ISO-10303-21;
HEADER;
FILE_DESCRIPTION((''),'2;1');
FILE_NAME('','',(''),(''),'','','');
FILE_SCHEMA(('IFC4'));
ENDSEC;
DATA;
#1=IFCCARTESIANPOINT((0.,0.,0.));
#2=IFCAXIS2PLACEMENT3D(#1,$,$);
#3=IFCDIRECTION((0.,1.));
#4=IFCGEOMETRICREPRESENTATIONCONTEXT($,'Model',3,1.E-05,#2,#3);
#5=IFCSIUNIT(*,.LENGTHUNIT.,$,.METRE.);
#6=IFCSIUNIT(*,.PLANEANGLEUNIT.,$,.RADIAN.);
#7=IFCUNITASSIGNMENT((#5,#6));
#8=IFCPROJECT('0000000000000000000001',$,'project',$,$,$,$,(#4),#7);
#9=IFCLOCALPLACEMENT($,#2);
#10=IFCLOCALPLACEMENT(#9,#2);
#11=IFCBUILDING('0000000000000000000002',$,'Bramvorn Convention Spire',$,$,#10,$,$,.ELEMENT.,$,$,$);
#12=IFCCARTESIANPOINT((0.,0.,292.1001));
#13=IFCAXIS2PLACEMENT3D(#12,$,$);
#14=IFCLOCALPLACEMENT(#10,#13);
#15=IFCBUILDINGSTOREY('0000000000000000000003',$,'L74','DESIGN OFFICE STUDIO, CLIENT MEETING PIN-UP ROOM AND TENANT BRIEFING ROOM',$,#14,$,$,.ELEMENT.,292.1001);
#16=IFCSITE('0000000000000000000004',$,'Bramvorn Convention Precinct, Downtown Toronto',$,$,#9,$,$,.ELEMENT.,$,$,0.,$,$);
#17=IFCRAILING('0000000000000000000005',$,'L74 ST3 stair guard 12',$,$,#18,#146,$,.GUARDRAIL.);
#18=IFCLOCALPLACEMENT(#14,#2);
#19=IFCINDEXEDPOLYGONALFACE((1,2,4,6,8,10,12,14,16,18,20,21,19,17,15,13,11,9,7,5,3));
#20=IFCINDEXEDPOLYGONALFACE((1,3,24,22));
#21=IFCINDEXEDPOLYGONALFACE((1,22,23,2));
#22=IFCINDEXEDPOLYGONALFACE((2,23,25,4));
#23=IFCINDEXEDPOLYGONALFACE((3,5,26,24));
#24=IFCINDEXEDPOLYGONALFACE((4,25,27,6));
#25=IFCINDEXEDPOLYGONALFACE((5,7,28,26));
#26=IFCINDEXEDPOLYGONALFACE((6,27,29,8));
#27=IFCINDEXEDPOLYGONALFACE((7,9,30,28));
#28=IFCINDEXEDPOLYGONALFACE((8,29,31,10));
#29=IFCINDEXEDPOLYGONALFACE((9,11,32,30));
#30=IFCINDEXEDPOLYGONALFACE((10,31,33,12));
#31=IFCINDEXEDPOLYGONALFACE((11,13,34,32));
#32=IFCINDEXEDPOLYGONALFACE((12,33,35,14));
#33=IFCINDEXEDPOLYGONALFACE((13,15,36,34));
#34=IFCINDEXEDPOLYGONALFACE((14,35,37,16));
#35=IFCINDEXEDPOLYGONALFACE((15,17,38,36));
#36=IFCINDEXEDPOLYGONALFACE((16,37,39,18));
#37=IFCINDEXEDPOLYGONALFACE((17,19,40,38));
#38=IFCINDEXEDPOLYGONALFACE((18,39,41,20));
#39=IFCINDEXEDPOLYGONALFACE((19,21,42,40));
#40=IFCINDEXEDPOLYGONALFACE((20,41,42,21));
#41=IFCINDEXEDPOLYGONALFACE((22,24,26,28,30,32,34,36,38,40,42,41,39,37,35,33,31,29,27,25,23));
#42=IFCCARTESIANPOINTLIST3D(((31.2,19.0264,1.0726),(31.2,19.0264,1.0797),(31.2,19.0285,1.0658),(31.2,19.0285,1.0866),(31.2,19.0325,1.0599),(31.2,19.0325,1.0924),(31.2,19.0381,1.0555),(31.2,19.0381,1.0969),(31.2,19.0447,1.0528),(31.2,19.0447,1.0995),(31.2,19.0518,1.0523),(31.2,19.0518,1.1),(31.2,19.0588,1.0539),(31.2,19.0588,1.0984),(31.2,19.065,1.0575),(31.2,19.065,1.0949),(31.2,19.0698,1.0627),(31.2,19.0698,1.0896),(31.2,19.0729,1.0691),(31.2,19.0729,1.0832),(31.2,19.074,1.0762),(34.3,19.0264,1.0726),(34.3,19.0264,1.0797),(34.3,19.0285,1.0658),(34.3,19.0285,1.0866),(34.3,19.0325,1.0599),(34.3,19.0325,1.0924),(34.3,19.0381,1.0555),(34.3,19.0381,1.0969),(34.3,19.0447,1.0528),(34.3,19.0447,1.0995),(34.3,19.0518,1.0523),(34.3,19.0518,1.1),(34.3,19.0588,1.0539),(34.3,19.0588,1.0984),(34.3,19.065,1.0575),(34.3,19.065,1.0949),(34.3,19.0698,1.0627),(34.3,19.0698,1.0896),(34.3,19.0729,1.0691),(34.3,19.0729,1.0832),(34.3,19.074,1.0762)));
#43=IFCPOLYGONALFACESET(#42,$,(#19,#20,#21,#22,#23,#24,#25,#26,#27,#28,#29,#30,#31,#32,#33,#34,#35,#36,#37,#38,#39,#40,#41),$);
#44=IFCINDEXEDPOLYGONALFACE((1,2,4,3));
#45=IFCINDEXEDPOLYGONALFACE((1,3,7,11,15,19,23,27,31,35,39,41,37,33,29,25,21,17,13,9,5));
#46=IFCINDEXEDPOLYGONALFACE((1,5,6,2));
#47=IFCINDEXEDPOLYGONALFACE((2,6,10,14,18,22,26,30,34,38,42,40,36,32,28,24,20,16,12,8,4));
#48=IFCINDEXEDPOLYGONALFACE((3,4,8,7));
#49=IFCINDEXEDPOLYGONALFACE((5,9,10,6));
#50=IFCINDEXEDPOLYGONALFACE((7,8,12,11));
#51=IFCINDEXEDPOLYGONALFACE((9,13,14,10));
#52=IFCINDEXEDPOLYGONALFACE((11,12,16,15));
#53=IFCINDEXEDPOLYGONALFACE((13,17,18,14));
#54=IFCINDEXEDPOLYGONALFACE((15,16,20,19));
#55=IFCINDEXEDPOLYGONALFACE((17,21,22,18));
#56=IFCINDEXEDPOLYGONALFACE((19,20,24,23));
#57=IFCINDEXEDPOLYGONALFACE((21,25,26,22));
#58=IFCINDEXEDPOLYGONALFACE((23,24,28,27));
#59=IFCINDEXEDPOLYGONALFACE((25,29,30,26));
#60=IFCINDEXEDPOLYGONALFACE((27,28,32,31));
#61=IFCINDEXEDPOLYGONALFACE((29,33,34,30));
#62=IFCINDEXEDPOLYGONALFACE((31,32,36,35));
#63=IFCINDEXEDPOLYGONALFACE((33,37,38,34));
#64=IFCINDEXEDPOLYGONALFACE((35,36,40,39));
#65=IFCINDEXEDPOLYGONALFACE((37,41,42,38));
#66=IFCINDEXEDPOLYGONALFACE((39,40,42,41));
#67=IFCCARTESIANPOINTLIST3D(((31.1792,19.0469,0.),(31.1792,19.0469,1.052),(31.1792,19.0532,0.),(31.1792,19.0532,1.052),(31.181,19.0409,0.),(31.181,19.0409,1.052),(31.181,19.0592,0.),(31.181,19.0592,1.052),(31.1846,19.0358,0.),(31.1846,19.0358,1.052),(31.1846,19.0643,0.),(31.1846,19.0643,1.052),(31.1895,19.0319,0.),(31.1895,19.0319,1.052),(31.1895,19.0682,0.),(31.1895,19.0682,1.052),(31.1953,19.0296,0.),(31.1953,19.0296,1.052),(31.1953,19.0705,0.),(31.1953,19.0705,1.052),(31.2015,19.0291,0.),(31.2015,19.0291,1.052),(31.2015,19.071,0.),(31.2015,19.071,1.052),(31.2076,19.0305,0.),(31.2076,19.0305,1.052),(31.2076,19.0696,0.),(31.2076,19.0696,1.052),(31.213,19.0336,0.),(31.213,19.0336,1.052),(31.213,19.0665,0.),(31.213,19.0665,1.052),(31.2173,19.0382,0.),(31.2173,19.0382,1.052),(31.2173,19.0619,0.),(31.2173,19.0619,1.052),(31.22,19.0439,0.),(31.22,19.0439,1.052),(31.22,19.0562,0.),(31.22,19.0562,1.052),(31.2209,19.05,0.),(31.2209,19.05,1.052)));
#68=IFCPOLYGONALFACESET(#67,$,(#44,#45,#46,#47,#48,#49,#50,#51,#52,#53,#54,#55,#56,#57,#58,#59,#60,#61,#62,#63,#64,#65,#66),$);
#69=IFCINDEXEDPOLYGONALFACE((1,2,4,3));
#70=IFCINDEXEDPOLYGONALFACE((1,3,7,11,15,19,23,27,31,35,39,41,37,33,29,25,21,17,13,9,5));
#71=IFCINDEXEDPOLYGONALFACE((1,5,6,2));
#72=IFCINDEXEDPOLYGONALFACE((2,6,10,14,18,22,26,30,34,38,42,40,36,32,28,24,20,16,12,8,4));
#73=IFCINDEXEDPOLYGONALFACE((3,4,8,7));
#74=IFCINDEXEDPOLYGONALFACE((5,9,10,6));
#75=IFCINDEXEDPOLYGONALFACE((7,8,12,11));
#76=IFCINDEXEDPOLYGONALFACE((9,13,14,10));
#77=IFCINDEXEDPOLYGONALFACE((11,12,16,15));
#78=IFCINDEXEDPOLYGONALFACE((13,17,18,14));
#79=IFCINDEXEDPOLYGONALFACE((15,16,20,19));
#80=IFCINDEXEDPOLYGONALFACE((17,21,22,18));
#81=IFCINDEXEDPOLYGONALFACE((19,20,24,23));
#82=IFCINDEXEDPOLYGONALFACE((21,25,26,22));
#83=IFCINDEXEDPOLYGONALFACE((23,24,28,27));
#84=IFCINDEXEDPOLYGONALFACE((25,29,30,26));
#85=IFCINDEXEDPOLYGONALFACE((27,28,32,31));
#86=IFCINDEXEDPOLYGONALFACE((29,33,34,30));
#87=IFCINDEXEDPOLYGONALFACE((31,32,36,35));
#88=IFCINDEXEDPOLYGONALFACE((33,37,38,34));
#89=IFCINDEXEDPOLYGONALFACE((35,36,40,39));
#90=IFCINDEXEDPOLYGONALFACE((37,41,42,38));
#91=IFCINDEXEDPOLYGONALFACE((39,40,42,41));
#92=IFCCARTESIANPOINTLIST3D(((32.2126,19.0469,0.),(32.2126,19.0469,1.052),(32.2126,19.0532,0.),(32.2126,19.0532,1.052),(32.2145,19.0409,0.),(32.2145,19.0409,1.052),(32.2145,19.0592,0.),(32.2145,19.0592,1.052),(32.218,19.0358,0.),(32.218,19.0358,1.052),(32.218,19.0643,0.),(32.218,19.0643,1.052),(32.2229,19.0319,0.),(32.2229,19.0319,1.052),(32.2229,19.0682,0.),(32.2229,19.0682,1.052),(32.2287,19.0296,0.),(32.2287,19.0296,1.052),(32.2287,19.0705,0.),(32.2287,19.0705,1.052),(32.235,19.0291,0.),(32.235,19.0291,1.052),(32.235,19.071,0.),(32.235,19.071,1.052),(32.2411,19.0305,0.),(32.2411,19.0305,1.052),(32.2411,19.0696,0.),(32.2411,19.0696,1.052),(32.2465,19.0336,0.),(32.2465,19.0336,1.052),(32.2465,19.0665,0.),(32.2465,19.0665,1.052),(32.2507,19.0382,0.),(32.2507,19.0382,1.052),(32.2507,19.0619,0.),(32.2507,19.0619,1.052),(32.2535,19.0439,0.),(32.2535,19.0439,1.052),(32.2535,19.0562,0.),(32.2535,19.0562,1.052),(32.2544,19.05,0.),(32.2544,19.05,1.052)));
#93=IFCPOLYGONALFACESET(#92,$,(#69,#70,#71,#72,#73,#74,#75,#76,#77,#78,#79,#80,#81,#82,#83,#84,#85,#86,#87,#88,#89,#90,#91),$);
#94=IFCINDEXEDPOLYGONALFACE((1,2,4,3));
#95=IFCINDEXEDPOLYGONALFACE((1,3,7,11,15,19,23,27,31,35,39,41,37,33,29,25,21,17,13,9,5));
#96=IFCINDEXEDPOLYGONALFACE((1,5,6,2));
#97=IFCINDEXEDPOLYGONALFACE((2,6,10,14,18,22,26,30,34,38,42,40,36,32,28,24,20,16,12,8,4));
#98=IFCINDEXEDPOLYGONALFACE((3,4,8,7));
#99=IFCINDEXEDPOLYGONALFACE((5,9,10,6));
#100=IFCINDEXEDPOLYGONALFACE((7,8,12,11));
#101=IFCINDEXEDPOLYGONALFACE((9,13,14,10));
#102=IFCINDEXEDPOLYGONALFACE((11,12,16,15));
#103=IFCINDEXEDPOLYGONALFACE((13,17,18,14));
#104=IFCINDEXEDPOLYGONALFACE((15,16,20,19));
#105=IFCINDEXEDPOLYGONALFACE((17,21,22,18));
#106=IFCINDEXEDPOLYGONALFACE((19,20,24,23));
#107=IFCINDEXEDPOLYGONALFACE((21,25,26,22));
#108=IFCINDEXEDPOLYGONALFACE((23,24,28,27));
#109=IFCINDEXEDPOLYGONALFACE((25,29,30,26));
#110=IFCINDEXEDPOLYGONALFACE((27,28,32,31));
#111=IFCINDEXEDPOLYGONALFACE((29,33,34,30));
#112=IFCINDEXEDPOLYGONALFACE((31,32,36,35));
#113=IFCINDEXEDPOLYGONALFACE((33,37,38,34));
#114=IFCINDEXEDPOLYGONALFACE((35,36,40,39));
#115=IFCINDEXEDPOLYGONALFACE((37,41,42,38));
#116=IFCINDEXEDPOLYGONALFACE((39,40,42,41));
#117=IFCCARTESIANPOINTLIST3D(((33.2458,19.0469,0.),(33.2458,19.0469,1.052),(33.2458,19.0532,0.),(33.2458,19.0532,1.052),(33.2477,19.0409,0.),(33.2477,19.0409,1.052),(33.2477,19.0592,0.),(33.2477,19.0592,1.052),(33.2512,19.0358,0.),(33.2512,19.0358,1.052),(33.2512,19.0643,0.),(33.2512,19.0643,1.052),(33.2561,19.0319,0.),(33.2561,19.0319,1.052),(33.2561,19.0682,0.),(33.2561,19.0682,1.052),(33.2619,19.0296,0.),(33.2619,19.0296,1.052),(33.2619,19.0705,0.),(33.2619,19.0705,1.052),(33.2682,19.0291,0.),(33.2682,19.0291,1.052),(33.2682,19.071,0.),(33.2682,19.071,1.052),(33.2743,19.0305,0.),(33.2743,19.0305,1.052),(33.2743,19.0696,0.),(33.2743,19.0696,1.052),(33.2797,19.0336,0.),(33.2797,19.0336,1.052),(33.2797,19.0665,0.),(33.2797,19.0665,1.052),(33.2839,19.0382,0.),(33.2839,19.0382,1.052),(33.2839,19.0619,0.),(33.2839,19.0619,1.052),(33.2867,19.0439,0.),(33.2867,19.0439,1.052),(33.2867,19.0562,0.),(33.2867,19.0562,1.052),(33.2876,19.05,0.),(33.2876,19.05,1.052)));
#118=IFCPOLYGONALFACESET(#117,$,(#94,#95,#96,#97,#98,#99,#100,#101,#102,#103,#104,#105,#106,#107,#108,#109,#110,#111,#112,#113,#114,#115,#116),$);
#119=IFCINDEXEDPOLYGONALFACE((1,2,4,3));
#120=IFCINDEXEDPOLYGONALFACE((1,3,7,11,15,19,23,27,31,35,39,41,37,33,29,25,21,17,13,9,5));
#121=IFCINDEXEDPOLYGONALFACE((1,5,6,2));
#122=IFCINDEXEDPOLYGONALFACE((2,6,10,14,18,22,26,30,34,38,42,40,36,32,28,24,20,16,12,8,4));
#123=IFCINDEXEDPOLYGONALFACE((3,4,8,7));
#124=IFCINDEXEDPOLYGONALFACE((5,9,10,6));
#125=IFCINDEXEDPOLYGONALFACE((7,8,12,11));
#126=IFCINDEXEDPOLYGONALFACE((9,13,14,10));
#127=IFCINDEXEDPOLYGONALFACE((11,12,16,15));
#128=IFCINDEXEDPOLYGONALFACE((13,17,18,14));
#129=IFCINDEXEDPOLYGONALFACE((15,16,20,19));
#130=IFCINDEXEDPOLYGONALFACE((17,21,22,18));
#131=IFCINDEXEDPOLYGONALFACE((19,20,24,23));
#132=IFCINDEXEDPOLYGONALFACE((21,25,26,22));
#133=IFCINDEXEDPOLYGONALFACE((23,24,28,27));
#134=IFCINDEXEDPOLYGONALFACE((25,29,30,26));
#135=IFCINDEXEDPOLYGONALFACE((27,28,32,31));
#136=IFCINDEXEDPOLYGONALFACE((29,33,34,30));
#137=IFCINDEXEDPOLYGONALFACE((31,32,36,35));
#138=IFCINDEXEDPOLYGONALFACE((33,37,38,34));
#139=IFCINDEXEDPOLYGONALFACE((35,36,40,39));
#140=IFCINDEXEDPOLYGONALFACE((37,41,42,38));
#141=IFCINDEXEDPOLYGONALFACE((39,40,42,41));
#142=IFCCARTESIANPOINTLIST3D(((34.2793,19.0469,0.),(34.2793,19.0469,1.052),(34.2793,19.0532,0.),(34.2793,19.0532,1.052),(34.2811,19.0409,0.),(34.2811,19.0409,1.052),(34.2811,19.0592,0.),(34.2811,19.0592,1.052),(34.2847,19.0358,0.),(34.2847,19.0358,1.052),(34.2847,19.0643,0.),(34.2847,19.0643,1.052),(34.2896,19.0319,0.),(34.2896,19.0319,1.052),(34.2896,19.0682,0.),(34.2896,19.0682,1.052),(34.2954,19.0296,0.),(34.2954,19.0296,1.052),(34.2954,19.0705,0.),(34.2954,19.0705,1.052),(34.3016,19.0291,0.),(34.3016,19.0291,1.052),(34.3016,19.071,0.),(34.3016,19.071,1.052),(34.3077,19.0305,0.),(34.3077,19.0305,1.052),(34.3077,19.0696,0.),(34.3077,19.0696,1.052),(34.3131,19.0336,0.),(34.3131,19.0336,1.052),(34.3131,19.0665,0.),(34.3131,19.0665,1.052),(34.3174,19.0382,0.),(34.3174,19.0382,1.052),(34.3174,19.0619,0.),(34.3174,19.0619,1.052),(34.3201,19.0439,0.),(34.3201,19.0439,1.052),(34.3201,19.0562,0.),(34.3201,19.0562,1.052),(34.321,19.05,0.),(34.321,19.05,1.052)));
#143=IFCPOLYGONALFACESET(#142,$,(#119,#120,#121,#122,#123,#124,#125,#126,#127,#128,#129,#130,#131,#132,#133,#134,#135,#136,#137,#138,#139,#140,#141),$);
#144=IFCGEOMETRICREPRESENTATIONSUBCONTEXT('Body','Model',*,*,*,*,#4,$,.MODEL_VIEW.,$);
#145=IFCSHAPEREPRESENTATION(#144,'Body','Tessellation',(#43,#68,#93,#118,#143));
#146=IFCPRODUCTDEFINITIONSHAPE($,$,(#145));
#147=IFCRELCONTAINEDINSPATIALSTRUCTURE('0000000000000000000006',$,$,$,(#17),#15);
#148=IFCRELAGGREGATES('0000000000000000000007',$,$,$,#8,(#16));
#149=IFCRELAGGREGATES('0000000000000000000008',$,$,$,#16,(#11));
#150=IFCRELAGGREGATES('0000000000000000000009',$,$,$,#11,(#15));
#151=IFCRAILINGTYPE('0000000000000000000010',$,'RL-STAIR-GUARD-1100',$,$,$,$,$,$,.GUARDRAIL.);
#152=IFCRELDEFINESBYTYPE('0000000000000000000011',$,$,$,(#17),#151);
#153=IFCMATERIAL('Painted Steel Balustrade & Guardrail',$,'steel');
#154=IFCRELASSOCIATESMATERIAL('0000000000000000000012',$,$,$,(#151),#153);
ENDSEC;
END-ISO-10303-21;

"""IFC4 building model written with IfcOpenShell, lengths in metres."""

from ifc_helpers import new_model, si_unit, direction, frame, origin, origin_2d, place, context, subcontext, project, spatial, circle, extrude, material, type_object, element, save


model = new_model("IFC4")

# Units and contexts
model_context = context("Model", 3, precision=1e-05, world=origin(), true_north=direction((0.0, 1.0)))
body_context = subcontext(model_context, "Body", "Model", "MODEL_VIEW")
ifc_project = project(units=[si_unit("LENGTHUNIT", "METRE"), si_unit("PLANEANGLEUNIT", "RADIAN")], contexts=[model_context])

# Site, building, storey
site_placement = place(None, origin())
site = spatial("IfcSite", under=ifc_project, at=site_placement, Name="Bramvorn Convention Precinct, Downtown Toronto", CompositionType="ELEMENT", RefElevation=0.0)
building_placement = place(site_placement, origin())
building = spatial("IfcBuilding", under=site, at=building_placement, Name="Bramvorn Convention Spire", CompositionType="ELEMENT")
storey_placement = place(building_placement, frame((0.0, 0.0, 292.1001)))
storey = spatial("IfcBuildingStorey", under=building, at=storey_placement, Name="L74", Description="DESIGN OFFICE STUDIO, CLIENT MEETING PIN-UP ROOM AND TENANT BRIEFING ROOM", CompositionType="ELEMENT", Elevation=292.1001)

# Railing
ifc_material_1 = material(Name="Painted Steel Balustrade & Guardrail", Category="steel")
railing_type_1 = type_object("IfcRailingType", Name="RL-STAIR-GUARD-1100", PredefinedType="GUARDRAIL", material=ifc_material_1)
railing_1_placement = place(storey_placement, frame((31.2, 19.05, 0.0)))
element("IfcRailing", 1, at=railing_1_placement, inside=storey, type_object=railing_type_1, Name="L74 ST3 stair guard 12", PredefinedType="GUARDRAIL", context=body_context, shape_type="SweptSolid", body=[
    extrude(circle(Radius=0.0239, at=origin_2d()), frame((0.0, 0.0, 1.0762), z_axis=(1.0, 0.0, 0.0), x_axis=(0.0, 1.0, 0.0)), (0.0, 0.0, 1.0), 3.1001),
    extrude(circle(Radius=0.021, at=origin_2d()), origin(), (0.0, 0.0, 1.0), 1.052),
    extrude(circle(Radius=0.021, at=origin_2d()), frame((1.0334, 0.0, 0.0)), (0.0, 0.0, 1.0), 1.052),
    extrude(circle(Radius=0.021, at=origin_2d()), frame((2.0667, 0.0, 0.0)), (0.0, 0.0, 1.0), 1.052),
    extrude(circle(Radius=0.021, at=origin_2d()), frame((3.1001, 0.0, 0.0)), (0.0, 0.0, 1.0), 1.052),
])

save(model, "model.ifc")
